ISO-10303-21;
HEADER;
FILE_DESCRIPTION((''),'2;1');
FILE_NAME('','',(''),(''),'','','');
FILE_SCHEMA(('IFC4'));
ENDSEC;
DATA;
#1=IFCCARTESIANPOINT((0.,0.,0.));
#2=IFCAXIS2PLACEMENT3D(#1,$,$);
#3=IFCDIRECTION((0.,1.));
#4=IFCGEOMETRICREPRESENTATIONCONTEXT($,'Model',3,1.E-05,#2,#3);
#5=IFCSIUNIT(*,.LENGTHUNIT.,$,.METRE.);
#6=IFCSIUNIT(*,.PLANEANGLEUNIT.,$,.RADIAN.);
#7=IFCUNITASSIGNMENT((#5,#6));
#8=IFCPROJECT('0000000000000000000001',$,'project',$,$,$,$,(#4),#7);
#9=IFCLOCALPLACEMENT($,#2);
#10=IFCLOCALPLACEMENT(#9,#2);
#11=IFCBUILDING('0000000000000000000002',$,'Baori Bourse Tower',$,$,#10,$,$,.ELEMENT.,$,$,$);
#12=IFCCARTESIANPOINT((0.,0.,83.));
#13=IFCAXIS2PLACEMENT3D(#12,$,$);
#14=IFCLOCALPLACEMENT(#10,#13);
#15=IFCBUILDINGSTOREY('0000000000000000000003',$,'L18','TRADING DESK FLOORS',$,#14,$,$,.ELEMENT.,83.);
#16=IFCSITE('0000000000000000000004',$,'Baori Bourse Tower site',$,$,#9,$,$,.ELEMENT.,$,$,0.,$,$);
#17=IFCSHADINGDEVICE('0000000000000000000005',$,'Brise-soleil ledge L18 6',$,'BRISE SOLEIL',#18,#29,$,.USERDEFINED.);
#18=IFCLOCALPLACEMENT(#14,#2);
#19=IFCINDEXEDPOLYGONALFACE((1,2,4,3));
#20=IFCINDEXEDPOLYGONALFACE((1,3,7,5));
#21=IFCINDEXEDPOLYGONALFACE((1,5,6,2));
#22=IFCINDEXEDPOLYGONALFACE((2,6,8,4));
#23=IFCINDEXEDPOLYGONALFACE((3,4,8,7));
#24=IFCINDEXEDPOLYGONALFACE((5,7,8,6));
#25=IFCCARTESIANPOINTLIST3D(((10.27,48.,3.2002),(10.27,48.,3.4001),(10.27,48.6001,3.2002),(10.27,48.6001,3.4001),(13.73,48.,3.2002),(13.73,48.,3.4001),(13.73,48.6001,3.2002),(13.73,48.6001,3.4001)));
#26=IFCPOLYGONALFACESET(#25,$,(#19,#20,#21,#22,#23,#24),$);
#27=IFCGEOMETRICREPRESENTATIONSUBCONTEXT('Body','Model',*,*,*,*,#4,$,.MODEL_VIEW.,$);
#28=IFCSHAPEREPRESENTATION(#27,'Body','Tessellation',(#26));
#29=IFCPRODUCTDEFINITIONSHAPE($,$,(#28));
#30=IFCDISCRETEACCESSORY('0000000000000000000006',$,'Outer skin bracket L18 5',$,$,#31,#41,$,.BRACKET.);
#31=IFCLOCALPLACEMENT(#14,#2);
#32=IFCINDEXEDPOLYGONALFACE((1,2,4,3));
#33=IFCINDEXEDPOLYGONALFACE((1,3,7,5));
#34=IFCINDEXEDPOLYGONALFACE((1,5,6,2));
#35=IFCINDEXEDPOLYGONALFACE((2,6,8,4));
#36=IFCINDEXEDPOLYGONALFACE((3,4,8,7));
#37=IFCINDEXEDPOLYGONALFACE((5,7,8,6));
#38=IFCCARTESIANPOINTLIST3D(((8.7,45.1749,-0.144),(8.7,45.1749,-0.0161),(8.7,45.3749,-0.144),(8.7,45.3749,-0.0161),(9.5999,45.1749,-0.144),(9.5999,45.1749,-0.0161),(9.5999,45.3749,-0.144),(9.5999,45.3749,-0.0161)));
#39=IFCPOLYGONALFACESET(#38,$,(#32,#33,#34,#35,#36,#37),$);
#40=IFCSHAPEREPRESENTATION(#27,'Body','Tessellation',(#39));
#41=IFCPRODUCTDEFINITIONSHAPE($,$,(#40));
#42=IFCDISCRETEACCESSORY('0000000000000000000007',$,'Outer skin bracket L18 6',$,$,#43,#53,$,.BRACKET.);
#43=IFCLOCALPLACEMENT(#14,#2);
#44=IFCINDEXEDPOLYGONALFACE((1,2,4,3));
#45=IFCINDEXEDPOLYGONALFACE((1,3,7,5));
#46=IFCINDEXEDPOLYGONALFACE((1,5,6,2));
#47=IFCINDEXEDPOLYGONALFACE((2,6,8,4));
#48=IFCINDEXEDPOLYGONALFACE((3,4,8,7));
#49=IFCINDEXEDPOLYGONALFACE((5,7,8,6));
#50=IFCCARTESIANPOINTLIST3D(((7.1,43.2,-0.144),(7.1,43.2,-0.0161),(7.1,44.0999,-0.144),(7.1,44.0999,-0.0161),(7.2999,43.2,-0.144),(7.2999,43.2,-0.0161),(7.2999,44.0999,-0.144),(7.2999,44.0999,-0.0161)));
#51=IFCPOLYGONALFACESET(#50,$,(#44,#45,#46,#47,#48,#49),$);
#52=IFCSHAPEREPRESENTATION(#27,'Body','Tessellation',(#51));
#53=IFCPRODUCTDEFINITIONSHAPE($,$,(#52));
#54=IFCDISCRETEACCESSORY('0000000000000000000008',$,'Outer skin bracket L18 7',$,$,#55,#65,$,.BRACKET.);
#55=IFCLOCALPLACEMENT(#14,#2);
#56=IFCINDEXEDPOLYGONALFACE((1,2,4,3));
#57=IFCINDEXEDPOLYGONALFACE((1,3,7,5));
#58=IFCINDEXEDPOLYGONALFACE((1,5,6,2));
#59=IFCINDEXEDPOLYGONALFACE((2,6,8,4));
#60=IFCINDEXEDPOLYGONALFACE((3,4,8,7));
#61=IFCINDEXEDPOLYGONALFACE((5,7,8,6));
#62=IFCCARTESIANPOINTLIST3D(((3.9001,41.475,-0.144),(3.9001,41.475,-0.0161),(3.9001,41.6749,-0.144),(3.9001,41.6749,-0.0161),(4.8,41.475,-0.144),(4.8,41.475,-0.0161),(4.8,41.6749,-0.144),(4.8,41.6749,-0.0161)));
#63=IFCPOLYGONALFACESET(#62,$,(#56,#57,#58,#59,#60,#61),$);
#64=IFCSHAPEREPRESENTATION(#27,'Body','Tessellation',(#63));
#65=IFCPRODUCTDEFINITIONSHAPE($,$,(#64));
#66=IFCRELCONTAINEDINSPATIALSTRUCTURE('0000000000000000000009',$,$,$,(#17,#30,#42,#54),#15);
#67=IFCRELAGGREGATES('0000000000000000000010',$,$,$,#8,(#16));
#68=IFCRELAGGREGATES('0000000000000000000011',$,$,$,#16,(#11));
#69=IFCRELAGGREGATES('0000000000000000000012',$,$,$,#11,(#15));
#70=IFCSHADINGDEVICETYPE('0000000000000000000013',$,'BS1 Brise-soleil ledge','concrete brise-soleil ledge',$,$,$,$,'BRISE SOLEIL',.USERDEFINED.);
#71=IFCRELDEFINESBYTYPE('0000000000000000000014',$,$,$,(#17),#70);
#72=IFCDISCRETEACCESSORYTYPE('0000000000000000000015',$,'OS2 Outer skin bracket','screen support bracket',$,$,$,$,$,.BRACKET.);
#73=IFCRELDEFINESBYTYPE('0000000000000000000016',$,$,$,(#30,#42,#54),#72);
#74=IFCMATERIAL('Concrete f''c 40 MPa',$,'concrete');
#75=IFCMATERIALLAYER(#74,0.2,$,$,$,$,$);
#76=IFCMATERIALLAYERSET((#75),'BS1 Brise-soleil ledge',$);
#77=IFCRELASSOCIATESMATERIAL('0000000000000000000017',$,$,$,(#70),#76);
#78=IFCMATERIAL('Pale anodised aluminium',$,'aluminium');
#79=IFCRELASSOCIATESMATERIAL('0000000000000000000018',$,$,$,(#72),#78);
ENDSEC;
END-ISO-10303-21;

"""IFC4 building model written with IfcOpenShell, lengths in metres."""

from ifc_helpers import new_model, si_unit, direction, frame, origin, origin_2d, place, context, subcontext, project, spatial, rectangle, extrude, material, layer, layer_set, type_object, element, save


model = new_model("IFC4")

# Units and contexts
model_context = context("Model", 3, precision=1e-05, world=origin(), true_north=direction((0.0, 1.0)))
body_context = subcontext(model_context, "Body", "Model", "MODEL_VIEW")
ifc_project = project(units=[si_unit("LENGTHUNIT", "METRE"), si_unit("PLANEANGLEUNIT", "RADIAN")], contexts=[model_context])

# Site, building, storey
site_placement = place(None, origin())
site = spatial("IfcSite", under=ifc_project, at=site_placement, Name="Baori Bourse Tower site", CompositionType="ELEMENT", RefElevation=0.0)
building_placement = place(site_placement, origin())
building = spatial("IfcBuilding", under=site, at=building_placement, Name="Baori Bourse Tower", CompositionType="ELEMENT")
storey_placement = place(building_placement, frame((0.0, 0.0, 83.0)))
storey = spatial("IfcBuildingStorey", under=building, at=storey_placement, Name="L18", Description="TRADING DESK FLOORS", CompositionType="ELEMENT", Elevation=83.0)

# Shading device
ifc_material_1 = material(Name="Concrete f'c 40 MPa", Category="concrete")
ifc_layer_1 = layer(ifc_material_1, 0.2)
ifc_layer_set_1 = layer_set([ifc_layer_1], Name="BS1 Brise-soleil ledge")
shading_device_type = type_object("IfcShadingDeviceType", Name="BS1 Brise-soleil ledge", Description="concrete brise-soleil ledge", ElementType="BRISE SOLEIL", PredefinedType="USERDEFINED", material=ifc_layer_set_1)
shading_device_placement = place(storey_placement, frame((12.0, 48.3, 3.2002), z_axis=(0.0, 0.0, 1.0), x_axis=(-1.0, 0.0, 0.0)))
element("IfcShadingDevice", 1, at=shading_device_placement, inside=storey, type_object=shading_device_type, Name="Brise-soleil ledge L18 6", ObjectType="BRISE SOLEIL", PredefinedType="USERDEFINED", context=body_context, shape_type="SweptSolid", body=[
    extrude(rectangle(XDim=3.46, YDim=0.6001, at=origin_2d()), origin(), (0.0, 0.0, 1.0), 0.2),
])

# Discrete accessories
ifc_material_2 = material(Name="Pale anodised aluminium", Category="aluminium")
discrete_accessory_type = type_object("IfcDiscreteAccessoryType", Name="OS2 Outer skin bracket", Description="screen support bracket", PredefinedType="BRACKET", material=ifc_material_2)
for number, where, z_axis, x_axis, name in (
    (2, (9.1499, 45.2749, -0.144), (0.0, 0.0, 1.0), (0.0, -1.0, 0.0), "Outer skin bracket L18 5"),
    (3, (7.2, 43.6499, -0.144), (0.0, 0.0, 1.0), (-1.0, 0.0, 0.0), "Outer skin bracket L18 6"),
    (4, (4.3501, 41.575, -0.144), (0.0, 0.0, 1.0), (0.0, -1.0, 0.0), "Outer skin bracket L18 7"),
):
    element("IfcDiscreteAccessory", number, at=place(storey_placement, frame(where, z_axis=z_axis, x_axis=x_axis)), inside=storey, type_object=discrete_accessory_type, Name=name, PredefinedType="BRACKET", context=body_context, shape_type="SweptSolid", body=[
        extrude(rectangle(XDim=0.2, YDim=0.8999, at=origin_2d()), origin(), (0.0, 0.0, 1.0), 0.1279),
    ])

save(model, "model.ifc")
